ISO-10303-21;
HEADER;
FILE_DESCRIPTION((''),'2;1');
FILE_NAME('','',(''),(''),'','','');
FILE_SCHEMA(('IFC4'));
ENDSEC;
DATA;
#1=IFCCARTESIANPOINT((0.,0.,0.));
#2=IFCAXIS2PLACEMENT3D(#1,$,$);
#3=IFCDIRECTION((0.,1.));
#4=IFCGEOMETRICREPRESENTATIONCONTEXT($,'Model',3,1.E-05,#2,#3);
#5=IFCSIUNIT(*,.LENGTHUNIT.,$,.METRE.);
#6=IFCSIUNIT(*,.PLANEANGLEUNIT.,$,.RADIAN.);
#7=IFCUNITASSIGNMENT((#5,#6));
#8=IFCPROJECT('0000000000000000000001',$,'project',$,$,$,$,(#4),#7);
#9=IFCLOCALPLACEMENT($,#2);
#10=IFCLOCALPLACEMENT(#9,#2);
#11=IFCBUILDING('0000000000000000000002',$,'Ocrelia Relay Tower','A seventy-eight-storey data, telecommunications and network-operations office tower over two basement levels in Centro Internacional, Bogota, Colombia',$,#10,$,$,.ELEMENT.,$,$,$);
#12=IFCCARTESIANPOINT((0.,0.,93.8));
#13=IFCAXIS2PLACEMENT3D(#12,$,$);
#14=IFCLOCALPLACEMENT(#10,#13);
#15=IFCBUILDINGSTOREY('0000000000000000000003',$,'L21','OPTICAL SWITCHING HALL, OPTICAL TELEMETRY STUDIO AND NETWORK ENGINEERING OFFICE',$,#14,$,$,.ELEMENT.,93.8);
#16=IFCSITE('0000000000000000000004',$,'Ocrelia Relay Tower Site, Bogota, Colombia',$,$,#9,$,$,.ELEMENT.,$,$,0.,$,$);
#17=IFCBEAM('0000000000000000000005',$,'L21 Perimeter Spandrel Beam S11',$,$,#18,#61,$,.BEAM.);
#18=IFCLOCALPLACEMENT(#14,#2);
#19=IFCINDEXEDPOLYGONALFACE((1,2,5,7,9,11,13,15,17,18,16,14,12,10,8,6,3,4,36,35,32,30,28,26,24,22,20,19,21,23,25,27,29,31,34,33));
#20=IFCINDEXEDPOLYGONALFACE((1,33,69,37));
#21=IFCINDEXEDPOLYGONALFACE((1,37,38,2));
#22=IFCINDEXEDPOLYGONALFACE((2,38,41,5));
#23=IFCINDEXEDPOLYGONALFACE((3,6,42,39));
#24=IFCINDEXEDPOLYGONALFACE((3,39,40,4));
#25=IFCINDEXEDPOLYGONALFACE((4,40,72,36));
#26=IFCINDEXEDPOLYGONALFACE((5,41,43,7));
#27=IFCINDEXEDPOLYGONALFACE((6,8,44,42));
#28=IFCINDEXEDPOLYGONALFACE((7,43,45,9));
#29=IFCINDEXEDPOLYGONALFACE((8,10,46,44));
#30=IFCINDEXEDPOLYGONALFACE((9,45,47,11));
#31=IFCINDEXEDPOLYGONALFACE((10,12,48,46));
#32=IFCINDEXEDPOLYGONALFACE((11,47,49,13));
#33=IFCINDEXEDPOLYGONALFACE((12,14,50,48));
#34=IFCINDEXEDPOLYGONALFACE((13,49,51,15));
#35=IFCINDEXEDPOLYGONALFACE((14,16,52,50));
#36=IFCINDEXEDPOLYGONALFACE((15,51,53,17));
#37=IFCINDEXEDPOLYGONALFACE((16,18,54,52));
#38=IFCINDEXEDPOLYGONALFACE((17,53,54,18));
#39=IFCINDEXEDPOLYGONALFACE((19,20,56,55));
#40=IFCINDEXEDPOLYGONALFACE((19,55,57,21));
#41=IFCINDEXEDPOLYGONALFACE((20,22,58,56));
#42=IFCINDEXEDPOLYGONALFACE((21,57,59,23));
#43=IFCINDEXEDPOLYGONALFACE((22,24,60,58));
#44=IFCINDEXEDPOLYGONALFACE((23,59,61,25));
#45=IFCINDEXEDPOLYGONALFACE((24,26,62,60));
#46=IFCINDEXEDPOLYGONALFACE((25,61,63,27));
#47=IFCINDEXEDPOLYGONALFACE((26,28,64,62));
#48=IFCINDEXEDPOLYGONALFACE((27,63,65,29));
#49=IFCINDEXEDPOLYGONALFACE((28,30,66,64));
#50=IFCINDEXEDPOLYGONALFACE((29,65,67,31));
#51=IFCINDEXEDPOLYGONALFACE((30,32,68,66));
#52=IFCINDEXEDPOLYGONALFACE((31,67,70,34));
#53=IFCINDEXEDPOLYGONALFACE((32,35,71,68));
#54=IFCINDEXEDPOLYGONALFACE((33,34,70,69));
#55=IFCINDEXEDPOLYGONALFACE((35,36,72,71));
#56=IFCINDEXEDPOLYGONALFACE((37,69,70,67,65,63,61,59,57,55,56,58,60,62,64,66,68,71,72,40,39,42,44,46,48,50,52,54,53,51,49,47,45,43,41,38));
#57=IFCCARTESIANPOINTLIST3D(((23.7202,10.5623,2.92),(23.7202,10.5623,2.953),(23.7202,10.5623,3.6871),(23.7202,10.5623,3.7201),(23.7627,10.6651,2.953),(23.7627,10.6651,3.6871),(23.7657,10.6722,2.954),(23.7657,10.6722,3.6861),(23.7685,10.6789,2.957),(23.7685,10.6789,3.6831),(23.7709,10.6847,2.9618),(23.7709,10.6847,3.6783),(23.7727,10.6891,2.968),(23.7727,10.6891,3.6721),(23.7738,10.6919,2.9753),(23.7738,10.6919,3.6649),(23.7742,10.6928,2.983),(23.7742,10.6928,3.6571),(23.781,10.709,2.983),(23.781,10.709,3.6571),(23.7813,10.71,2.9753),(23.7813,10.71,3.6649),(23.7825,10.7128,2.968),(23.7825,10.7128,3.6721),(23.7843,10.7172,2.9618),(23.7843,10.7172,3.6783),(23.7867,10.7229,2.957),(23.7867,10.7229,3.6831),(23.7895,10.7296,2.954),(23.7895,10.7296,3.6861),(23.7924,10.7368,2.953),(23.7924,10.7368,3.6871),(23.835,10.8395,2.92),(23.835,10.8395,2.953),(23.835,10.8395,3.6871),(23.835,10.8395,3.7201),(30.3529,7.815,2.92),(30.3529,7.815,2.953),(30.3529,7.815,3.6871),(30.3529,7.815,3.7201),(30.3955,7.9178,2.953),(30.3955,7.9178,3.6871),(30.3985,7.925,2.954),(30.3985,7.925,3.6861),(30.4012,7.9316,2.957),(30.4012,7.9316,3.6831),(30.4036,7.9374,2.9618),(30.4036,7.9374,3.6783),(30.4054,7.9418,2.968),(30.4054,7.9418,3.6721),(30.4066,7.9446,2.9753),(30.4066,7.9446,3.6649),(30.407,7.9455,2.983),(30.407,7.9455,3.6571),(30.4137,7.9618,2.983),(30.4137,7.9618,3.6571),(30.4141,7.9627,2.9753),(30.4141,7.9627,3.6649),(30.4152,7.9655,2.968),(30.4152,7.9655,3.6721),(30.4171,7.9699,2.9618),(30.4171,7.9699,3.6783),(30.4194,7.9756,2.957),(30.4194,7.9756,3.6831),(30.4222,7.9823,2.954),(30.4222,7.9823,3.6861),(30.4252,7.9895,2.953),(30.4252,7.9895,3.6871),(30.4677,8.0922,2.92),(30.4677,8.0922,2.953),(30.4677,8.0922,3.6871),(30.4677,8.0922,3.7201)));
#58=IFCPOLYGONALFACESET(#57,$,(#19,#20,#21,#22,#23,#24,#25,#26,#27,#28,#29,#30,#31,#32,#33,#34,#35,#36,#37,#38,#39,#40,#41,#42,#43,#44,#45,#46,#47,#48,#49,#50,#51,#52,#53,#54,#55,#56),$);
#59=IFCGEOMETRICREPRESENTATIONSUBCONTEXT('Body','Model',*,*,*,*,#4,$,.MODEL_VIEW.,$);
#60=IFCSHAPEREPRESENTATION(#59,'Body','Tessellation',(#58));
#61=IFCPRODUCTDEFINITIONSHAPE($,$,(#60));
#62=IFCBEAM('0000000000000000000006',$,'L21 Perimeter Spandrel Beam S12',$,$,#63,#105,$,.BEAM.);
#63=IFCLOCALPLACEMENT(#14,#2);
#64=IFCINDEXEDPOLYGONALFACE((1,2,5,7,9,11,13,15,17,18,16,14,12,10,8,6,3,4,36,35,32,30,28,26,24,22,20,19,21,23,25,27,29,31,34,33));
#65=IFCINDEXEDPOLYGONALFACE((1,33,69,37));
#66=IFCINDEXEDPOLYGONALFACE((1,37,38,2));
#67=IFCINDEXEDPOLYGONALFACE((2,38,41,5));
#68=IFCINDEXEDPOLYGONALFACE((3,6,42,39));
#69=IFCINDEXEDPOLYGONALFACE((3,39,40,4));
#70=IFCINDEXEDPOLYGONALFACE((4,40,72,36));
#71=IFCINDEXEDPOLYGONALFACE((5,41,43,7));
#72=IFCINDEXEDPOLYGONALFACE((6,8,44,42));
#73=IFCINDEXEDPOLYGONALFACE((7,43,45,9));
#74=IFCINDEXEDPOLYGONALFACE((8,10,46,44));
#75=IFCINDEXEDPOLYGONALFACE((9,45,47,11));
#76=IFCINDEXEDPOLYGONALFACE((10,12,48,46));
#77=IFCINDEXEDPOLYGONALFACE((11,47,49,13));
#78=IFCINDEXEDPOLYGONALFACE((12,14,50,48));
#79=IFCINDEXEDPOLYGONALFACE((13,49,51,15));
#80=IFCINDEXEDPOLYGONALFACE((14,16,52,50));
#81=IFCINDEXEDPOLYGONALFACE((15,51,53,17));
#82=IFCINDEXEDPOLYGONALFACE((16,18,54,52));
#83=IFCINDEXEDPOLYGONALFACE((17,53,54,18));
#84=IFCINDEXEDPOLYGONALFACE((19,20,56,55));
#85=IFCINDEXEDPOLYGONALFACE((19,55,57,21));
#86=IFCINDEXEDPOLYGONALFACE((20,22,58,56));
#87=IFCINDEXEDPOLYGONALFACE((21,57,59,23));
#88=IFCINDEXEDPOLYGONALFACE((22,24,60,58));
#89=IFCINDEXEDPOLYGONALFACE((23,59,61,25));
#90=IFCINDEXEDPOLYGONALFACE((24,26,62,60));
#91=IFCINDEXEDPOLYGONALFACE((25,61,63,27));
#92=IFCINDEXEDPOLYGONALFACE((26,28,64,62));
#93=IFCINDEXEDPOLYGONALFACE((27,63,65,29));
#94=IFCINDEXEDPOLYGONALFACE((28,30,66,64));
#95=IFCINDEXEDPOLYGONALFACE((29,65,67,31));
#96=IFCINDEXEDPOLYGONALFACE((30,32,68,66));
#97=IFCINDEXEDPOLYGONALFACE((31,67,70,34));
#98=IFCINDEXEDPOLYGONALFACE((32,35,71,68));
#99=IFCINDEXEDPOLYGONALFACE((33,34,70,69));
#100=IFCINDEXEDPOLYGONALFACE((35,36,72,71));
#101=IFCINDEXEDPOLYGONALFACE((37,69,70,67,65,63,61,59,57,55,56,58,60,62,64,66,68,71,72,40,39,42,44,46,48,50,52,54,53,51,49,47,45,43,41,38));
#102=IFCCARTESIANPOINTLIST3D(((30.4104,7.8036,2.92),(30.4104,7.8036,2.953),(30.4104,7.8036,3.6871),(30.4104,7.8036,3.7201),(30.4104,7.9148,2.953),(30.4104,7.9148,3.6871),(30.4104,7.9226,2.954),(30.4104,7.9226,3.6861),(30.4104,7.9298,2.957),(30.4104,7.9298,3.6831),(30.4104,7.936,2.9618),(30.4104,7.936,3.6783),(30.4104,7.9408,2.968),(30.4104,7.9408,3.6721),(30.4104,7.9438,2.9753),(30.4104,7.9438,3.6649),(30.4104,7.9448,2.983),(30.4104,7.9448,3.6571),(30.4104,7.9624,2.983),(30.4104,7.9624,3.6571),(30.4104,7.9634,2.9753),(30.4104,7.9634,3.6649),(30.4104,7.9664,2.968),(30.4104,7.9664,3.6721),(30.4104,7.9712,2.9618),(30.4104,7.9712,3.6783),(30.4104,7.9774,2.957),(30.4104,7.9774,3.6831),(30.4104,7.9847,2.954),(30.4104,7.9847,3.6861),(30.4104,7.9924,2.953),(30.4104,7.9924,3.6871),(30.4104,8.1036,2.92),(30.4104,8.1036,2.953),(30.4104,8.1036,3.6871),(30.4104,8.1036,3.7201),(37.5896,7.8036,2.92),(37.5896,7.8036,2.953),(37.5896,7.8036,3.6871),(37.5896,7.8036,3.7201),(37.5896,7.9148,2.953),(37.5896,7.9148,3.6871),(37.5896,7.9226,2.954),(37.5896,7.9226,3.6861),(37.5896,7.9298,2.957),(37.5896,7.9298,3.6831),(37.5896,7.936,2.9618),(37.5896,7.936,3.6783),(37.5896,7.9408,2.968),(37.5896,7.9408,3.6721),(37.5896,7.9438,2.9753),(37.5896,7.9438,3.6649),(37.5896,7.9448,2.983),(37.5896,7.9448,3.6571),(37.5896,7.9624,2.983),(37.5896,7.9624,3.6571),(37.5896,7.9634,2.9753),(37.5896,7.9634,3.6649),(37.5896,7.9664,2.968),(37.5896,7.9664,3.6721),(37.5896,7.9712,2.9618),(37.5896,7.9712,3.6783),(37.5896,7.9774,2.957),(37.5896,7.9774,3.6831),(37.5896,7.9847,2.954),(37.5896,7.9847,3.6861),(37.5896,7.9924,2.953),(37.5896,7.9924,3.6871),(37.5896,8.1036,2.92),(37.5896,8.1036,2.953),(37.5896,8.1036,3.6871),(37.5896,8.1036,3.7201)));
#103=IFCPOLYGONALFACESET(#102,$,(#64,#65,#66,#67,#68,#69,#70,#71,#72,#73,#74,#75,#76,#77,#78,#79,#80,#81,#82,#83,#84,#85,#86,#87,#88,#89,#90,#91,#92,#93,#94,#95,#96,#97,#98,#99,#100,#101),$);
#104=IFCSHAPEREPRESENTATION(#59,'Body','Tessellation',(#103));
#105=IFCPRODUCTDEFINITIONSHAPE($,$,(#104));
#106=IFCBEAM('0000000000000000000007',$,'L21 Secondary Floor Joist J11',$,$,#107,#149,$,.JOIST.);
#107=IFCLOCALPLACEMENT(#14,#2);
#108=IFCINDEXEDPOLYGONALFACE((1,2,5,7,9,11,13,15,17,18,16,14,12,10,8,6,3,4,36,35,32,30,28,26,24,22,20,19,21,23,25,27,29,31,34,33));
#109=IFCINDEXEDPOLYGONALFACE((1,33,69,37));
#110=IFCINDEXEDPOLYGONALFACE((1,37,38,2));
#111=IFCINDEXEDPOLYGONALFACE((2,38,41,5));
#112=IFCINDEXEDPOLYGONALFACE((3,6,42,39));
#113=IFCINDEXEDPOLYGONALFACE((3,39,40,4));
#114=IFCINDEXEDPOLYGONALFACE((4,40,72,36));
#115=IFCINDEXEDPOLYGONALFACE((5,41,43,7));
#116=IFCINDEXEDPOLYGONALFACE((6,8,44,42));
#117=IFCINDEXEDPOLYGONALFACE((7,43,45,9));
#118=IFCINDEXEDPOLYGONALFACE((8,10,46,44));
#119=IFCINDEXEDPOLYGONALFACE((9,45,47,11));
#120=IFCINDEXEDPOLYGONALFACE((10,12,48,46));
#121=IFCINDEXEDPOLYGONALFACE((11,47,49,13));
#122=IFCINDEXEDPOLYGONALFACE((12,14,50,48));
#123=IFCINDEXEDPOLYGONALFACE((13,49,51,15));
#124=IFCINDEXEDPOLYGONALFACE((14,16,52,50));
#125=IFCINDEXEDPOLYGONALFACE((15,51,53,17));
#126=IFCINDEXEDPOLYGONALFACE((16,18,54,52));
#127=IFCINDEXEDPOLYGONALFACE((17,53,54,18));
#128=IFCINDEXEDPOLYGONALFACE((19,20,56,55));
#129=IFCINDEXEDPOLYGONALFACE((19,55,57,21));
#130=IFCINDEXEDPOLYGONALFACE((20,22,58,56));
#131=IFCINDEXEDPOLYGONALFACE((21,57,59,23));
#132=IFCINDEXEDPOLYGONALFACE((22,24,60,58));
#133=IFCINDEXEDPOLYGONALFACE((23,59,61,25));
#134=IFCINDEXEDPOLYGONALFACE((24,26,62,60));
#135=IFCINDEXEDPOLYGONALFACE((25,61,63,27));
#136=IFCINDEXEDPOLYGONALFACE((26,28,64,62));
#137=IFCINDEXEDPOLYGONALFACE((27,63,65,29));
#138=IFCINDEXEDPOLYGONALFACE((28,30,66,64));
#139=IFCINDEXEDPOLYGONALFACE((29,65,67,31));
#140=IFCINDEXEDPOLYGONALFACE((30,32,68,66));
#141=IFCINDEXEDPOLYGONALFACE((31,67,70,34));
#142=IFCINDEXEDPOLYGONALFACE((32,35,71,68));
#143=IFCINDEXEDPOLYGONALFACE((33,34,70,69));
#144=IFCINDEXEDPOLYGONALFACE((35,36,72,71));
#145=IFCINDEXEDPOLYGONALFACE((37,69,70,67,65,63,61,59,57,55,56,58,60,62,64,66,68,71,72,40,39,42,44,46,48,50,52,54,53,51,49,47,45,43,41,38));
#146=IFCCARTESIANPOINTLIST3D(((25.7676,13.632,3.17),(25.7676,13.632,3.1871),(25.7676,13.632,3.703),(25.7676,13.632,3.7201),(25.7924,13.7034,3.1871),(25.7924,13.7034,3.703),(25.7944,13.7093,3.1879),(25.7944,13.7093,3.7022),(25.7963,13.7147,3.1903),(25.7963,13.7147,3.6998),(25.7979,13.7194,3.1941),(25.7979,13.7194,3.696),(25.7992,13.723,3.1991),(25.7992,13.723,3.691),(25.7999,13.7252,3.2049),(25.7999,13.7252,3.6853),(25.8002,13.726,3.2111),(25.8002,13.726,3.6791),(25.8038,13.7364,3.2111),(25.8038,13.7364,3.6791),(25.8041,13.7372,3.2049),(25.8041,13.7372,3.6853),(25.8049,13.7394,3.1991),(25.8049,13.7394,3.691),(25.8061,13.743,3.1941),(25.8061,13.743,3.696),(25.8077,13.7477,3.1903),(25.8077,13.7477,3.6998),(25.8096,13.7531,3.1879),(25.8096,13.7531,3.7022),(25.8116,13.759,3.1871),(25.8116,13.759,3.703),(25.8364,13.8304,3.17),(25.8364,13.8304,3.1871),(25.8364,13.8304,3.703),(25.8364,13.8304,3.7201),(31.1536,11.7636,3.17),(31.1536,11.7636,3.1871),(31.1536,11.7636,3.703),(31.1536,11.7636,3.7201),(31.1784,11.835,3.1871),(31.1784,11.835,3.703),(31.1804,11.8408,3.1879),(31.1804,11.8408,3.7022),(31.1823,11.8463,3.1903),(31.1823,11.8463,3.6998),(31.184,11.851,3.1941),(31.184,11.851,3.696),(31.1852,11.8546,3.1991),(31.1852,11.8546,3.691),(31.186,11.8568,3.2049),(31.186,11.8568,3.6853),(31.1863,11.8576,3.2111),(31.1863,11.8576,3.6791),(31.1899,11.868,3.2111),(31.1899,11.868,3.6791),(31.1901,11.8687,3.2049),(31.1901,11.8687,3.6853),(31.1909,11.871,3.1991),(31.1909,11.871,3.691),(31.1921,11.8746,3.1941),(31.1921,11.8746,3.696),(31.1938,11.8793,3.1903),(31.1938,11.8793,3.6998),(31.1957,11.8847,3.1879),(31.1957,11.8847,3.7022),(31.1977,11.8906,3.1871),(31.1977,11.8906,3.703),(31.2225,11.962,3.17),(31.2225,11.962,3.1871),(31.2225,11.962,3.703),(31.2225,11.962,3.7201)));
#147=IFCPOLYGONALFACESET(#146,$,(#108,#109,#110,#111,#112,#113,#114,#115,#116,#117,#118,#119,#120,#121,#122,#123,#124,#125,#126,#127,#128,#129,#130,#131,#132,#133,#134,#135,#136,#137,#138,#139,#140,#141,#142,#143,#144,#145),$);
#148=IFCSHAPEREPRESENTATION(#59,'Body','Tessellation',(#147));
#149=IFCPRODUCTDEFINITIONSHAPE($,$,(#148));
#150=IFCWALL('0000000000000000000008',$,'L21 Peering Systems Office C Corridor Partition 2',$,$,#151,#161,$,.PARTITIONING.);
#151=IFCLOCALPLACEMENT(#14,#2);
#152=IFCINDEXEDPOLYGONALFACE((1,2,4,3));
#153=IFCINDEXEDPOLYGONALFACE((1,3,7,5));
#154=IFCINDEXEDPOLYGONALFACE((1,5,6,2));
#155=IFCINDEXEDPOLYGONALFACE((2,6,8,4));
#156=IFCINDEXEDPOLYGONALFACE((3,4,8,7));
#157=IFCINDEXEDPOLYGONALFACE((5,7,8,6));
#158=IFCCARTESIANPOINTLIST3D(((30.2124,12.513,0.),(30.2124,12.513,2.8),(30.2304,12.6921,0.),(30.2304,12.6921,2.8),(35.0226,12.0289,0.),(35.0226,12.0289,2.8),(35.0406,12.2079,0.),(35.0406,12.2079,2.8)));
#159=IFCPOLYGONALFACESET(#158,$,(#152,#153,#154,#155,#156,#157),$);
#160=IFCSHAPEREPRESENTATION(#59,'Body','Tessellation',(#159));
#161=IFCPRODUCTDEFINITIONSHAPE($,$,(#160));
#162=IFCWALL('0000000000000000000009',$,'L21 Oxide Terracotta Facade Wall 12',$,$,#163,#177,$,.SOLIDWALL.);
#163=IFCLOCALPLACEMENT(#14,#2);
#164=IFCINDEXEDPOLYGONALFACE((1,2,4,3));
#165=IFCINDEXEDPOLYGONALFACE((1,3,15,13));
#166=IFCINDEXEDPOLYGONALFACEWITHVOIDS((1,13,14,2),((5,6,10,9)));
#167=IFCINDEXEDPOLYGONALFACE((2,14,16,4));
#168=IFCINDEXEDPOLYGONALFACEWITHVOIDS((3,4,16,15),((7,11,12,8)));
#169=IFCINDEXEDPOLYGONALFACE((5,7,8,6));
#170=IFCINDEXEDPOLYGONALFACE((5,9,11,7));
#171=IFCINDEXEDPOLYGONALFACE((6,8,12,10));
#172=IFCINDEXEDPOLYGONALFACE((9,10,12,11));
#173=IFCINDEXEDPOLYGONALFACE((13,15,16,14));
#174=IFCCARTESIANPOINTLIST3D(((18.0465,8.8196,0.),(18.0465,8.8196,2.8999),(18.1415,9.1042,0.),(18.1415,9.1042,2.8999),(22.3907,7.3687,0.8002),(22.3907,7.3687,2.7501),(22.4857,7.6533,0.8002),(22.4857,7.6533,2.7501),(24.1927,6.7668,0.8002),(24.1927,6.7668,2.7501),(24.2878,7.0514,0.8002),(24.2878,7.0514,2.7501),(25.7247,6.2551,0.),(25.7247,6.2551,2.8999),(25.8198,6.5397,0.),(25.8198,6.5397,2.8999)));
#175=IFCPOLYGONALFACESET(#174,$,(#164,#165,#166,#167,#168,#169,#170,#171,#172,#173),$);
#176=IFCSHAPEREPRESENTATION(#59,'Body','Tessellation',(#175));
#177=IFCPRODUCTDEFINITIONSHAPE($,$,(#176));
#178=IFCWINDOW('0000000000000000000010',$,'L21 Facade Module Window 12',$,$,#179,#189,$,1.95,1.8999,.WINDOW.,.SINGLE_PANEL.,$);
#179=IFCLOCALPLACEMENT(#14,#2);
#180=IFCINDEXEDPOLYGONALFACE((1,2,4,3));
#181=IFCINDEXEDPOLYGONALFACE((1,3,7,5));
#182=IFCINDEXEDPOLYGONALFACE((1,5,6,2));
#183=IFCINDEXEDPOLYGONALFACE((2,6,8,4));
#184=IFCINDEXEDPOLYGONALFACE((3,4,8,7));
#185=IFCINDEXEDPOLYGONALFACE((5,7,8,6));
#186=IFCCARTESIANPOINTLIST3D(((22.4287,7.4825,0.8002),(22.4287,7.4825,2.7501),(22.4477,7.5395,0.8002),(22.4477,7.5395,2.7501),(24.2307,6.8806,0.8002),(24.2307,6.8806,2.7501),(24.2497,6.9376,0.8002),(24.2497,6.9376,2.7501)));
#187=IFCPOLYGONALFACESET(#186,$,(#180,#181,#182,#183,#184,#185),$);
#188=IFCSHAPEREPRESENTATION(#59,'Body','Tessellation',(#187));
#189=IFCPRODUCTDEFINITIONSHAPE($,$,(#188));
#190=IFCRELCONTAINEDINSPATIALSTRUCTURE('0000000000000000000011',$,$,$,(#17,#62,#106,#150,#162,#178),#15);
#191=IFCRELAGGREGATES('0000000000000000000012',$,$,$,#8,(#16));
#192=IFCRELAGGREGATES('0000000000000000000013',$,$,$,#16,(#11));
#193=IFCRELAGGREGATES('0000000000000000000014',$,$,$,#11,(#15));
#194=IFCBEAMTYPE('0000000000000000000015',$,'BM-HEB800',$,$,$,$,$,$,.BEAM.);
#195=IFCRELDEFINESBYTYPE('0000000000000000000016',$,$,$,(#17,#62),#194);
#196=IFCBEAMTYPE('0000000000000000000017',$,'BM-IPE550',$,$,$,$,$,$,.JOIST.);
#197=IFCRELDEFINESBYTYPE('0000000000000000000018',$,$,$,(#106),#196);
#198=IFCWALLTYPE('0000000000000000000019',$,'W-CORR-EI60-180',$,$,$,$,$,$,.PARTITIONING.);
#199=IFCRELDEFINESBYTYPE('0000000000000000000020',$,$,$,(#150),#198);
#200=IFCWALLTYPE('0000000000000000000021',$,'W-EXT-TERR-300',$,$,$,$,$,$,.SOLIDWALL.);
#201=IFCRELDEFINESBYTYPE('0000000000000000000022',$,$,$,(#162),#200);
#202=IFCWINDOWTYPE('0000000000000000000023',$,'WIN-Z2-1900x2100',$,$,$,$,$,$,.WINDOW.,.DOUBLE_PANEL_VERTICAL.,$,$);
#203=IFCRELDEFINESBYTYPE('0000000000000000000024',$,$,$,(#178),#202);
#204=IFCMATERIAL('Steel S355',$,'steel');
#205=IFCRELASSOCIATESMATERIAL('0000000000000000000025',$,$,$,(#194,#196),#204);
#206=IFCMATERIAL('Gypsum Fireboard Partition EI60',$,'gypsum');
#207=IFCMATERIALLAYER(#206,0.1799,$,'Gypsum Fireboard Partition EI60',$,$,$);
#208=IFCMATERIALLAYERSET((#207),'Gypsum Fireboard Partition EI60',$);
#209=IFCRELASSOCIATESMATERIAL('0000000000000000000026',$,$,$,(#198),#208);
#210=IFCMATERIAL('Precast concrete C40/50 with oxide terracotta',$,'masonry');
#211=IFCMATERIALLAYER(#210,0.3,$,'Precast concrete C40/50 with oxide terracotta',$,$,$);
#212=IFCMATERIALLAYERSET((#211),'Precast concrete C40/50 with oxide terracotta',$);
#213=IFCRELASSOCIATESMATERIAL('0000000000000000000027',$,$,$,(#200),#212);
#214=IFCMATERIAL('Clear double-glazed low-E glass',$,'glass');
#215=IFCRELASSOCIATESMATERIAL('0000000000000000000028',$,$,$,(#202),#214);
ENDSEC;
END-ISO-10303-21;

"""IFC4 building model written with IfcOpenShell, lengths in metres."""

from ifc_helpers import new_model, si_unit, direction, frame, frame_2d, origin, origin_2d, place, context, subcontext, project, spatial, rectangle, i_section, extrude, material, layer, layer_set, material_profile, profile_set, type_object, element, fill, save


model = new_model("IFC4")

# Units and contexts
model_context = context("Model", 3, precision=1e-05, world=origin(), true_north=direction((0.0, 1.0)))
body_context = subcontext(model_context, "Body", "Model", "MODEL_VIEW")
ifc_project = project(units=[si_unit("LENGTHUNIT", "METRE"), si_unit("PLANEANGLEUNIT", "RADIAN")], contexts=[model_context])

# Site, building, storey
site_placement = place(None, origin())
site = spatial("IfcSite", under=ifc_project, at=site_placement, Name="Ocrelia Relay Tower Site, Bogota, Colombia", CompositionType="ELEMENT", RefElevation=0.0)
building_placement = place(site_placement, origin())
building = spatial("IfcBuilding", under=site, at=building_placement, Name="Ocrelia Relay Tower", Description="A seventy-eight-storey data, telecommunications and network-operations office tower over two basement levels in Centro Internacional, Bogota, Colombia", CompositionType="ELEMENT")
storey_placement = place(building_placement, frame((0.0, 0.0, 93.8)))
storey = spatial("IfcBuildingStorey", under=building, at=storey_placement, Name="L21", Description="OPTICAL SWITCHING HALL, OPTICAL TELEMETRY STUDIO AND NETWORK ENGINEERING OFFICE", CompositionType="ELEMENT", Elevation=93.8)

# Beams
ifc_material_1 = material(Name="Steel S355", Category="steel")
ifc_material_profile_1 = material_profile(ifc_material_1, i_section(OverallWidth=0.3, OverallDepth=0.8, WebThickness=0.0176, FlangeThickness=0.033, FilletRadius=0.03, at=origin_2d()), Name="HEB 800")
ifc_profile_set_1 = profile_set([ifc_material_profile_1], Name="Steel S355")
beam_type_1 = type_object("IfcBeamType", Name="BM-HEB800", PredefinedType="BEAM", material=ifc_profile_set_1)
for number, where, z_axis, x_axis, name in (
    (1, (23.7776, 10.7009, 3.3201), (0.923884, -0.382673, 0.0), (0.382673, 0.923884, 0.0), "L21 Perimeter Spandrel Beam S11"),
    (2, (30.4104, 7.9536, 3.3201), (1.0, 0.0, 0.0), (0.0, 1.0, 0.0), "L21 Perimeter Spandrel Beam S12"),
):
    element("IfcBeam", number, at=place(storey_placement, frame(where, z_axis=z_axis, x_axis=x_axis)), inside=storey, type_object=beam_type_1, Name=name, PredefinedType="BEAM", context=body_context, shape_type="SweptSolid", body=[
        extrude(i_section(OverallWidth=0.3, OverallDepth=0.8, WebThickness=0.0176, FlangeThickness=0.033, FilletRadius=0.03, at=origin_2d()), origin(), (0.0, 0.0, 1.0), 7.1792),
    ])
ifc_material_profile_2 = material_profile(ifc_material_1, i_section(OverallWidth=0.21, OverallDepth=0.55, WebThickness=0.011, FlangeThickness=0.0171, FilletRadius=0.0239, at=origin_2d()), Name="IPE 550")
ifc_profile_set_2 = profile_set([ifc_material_profile_2], Name="Steel S355")
beam_type_2 = type_object("IfcBeamType", Name="BM-IPE550", PredefinedType="JOIST", material=ifc_profile_set_2)
beam_1_placement = place(storey_placement, frame((25.802, 13.7312, 3.4451), z_axis=(0.944767, -0.327741, 0.0), x_axis=(0.327741, 0.944767, 0.0)))
element("IfcBeam", 3, at=beam_1_placement, inside=storey, type_object=beam_type_2, Name="L21 Secondary Floor Joist J11", PredefinedType="JOIST", context=body_context, shape_type="SweptSolid", body=[
    extrude(i_section(OverallWidth=0.21, OverallDepth=0.55, WebThickness=0.011, FlangeThickness=0.0171, FilletRadius=0.0239, at=origin_2d()), origin(), (0.0, 0.0, 1.0), 5.7009),
])

# Wall
ifc_material_2 = material(Name="Gypsum Fireboard Partition EI60", Category="gypsum")
ifc_layer_1 = layer(ifc_material_2, 0.1799, Name="Gypsum Fireboard Partition EI60")
ifc_layer_set_1 = layer_set([ifc_layer_1], Name="Gypsum Fireboard Partition EI60")
wall_type_1 = type_object("IfcWallType", Name="W-CORR-EI60-180", PredefinedType="PARTITIONING", material=ifc_layer_set_1)
wall_1_placement = place(storey_placement, frame((30.2214, 12.6025, 0.0), z_axis=(0.0, 0.0, 1.0), x_axis=(0.994973, -0.100144, 0.0)))
element("IfcWall", 4, at=wall_1_placement, inside=storey, type_object=wall_type_1, Name="L21 Peering Systems Office C Corridor Partition 2", PredefinedType="PARTITIONING", context=body_context, shape_type="SweptSolid", body=[
    extrude(rectangle(XDim=4.8345, YDim=0.1799, at=frame_2d((2.4172, 0.0))), origin(), (0.0, 0.0, 1.0), 2.8),
])

# Wall, opening, window
ifc_material_3 = material(Name="Precast concrete C40/50 with oxide terracotta", Category="masonry")
ifc_layer_2 = layer(ifc_material_3, 0.3, Name="Precast concrete C40/50 with oxide terracotta")
ifc_layer_set_2 = layer_set([ifc_layer_2], Name="Precast concrete C40/50 with oxide terracotta")
wall_type_2 = type_object("IfcWallType", Name="W-EXT-TERR-300", PredefinedType="SOLIDWALL", material=ifc_layer_set_2)
wall_2_placement = place(storey_placement, frame((18.094, 8.9619, 0.0), z_axis=(0.0, 0.0, 1.0), x_axis=(0.948496, -0.316789, 0.0)))
wall_2 = element("IfcWall", 5, at=wall_2_placement, inside=storey, type_object=wall_type_2, Name="L21 Oxide Terracotta Facade Wall 12", PredefinedType="SOLIDWALL", context=body_context, shape_type="SweptSolid", body=[
    extrude(rectangle(XDim=8.0952, YDim=0.3, at=frame_2d((4.0476, 0.0))), origin(), (0.0, 0.0, 1.0), 2.8999),
])
opening_1_placement = place(wall_2_placement, frame((4.5801, 0.0, 0.8)))
opening_1 = element("IfcOpeningElement", 6, at=opening_1_placement, cuts=wall_2, PredefinedType="OPENING", context=body_context, shape_type="SweptSolid", body=[
    extrude(rectangle(XDim=1.8999, YDim=1.95, at=frame_2d((0.95, 0.9751))), frame((0.0, 0.1602, 0.0), z_axis=(0.0, -1.0, 0.0), x_axis=(1.0, 0.0, 0.0)), (0.0, 0.0, 1.0), 0.3201),
])
ifc_material_4 = material(Name="Clear double-glazed low-E glass", Category="glass")
window_type = type_object("IfcWindowType", Name="WIN-Z2-1900x2100", PartitioningType="DOUBLE_PANEL_VERTICAL", PredefinedType="WINDOW", material=ifc_material_4)
window_1_placement = place(opening_1_placement, origin())
window_1 = element("IfcWindow", 7, at=window_1_placement, inside=storey, type_object=window_type, Name="L21 Facade Module Window 12", OverallHeight=1.95, OverallWidth=1.8999, PartitioningType="SINGLE_PANEL", PredefinedType="WINDOW", context=body_context, shape_type="SweptSolid", body=[
    extrude(rectangle(XDim=1.8999, YDim=1.95, at=frame_2d((0.95, 0.9751))), frame((0.0, 0.03, 0.0), z_axis=(0.0, -1.0, 0.0), x_axis=(1.0, 0.0, 0.0)), (0.0, 0.0, 1.0), 0.0601),
])
fill(opening_1, window_1)

save(model, "model.ifc")
